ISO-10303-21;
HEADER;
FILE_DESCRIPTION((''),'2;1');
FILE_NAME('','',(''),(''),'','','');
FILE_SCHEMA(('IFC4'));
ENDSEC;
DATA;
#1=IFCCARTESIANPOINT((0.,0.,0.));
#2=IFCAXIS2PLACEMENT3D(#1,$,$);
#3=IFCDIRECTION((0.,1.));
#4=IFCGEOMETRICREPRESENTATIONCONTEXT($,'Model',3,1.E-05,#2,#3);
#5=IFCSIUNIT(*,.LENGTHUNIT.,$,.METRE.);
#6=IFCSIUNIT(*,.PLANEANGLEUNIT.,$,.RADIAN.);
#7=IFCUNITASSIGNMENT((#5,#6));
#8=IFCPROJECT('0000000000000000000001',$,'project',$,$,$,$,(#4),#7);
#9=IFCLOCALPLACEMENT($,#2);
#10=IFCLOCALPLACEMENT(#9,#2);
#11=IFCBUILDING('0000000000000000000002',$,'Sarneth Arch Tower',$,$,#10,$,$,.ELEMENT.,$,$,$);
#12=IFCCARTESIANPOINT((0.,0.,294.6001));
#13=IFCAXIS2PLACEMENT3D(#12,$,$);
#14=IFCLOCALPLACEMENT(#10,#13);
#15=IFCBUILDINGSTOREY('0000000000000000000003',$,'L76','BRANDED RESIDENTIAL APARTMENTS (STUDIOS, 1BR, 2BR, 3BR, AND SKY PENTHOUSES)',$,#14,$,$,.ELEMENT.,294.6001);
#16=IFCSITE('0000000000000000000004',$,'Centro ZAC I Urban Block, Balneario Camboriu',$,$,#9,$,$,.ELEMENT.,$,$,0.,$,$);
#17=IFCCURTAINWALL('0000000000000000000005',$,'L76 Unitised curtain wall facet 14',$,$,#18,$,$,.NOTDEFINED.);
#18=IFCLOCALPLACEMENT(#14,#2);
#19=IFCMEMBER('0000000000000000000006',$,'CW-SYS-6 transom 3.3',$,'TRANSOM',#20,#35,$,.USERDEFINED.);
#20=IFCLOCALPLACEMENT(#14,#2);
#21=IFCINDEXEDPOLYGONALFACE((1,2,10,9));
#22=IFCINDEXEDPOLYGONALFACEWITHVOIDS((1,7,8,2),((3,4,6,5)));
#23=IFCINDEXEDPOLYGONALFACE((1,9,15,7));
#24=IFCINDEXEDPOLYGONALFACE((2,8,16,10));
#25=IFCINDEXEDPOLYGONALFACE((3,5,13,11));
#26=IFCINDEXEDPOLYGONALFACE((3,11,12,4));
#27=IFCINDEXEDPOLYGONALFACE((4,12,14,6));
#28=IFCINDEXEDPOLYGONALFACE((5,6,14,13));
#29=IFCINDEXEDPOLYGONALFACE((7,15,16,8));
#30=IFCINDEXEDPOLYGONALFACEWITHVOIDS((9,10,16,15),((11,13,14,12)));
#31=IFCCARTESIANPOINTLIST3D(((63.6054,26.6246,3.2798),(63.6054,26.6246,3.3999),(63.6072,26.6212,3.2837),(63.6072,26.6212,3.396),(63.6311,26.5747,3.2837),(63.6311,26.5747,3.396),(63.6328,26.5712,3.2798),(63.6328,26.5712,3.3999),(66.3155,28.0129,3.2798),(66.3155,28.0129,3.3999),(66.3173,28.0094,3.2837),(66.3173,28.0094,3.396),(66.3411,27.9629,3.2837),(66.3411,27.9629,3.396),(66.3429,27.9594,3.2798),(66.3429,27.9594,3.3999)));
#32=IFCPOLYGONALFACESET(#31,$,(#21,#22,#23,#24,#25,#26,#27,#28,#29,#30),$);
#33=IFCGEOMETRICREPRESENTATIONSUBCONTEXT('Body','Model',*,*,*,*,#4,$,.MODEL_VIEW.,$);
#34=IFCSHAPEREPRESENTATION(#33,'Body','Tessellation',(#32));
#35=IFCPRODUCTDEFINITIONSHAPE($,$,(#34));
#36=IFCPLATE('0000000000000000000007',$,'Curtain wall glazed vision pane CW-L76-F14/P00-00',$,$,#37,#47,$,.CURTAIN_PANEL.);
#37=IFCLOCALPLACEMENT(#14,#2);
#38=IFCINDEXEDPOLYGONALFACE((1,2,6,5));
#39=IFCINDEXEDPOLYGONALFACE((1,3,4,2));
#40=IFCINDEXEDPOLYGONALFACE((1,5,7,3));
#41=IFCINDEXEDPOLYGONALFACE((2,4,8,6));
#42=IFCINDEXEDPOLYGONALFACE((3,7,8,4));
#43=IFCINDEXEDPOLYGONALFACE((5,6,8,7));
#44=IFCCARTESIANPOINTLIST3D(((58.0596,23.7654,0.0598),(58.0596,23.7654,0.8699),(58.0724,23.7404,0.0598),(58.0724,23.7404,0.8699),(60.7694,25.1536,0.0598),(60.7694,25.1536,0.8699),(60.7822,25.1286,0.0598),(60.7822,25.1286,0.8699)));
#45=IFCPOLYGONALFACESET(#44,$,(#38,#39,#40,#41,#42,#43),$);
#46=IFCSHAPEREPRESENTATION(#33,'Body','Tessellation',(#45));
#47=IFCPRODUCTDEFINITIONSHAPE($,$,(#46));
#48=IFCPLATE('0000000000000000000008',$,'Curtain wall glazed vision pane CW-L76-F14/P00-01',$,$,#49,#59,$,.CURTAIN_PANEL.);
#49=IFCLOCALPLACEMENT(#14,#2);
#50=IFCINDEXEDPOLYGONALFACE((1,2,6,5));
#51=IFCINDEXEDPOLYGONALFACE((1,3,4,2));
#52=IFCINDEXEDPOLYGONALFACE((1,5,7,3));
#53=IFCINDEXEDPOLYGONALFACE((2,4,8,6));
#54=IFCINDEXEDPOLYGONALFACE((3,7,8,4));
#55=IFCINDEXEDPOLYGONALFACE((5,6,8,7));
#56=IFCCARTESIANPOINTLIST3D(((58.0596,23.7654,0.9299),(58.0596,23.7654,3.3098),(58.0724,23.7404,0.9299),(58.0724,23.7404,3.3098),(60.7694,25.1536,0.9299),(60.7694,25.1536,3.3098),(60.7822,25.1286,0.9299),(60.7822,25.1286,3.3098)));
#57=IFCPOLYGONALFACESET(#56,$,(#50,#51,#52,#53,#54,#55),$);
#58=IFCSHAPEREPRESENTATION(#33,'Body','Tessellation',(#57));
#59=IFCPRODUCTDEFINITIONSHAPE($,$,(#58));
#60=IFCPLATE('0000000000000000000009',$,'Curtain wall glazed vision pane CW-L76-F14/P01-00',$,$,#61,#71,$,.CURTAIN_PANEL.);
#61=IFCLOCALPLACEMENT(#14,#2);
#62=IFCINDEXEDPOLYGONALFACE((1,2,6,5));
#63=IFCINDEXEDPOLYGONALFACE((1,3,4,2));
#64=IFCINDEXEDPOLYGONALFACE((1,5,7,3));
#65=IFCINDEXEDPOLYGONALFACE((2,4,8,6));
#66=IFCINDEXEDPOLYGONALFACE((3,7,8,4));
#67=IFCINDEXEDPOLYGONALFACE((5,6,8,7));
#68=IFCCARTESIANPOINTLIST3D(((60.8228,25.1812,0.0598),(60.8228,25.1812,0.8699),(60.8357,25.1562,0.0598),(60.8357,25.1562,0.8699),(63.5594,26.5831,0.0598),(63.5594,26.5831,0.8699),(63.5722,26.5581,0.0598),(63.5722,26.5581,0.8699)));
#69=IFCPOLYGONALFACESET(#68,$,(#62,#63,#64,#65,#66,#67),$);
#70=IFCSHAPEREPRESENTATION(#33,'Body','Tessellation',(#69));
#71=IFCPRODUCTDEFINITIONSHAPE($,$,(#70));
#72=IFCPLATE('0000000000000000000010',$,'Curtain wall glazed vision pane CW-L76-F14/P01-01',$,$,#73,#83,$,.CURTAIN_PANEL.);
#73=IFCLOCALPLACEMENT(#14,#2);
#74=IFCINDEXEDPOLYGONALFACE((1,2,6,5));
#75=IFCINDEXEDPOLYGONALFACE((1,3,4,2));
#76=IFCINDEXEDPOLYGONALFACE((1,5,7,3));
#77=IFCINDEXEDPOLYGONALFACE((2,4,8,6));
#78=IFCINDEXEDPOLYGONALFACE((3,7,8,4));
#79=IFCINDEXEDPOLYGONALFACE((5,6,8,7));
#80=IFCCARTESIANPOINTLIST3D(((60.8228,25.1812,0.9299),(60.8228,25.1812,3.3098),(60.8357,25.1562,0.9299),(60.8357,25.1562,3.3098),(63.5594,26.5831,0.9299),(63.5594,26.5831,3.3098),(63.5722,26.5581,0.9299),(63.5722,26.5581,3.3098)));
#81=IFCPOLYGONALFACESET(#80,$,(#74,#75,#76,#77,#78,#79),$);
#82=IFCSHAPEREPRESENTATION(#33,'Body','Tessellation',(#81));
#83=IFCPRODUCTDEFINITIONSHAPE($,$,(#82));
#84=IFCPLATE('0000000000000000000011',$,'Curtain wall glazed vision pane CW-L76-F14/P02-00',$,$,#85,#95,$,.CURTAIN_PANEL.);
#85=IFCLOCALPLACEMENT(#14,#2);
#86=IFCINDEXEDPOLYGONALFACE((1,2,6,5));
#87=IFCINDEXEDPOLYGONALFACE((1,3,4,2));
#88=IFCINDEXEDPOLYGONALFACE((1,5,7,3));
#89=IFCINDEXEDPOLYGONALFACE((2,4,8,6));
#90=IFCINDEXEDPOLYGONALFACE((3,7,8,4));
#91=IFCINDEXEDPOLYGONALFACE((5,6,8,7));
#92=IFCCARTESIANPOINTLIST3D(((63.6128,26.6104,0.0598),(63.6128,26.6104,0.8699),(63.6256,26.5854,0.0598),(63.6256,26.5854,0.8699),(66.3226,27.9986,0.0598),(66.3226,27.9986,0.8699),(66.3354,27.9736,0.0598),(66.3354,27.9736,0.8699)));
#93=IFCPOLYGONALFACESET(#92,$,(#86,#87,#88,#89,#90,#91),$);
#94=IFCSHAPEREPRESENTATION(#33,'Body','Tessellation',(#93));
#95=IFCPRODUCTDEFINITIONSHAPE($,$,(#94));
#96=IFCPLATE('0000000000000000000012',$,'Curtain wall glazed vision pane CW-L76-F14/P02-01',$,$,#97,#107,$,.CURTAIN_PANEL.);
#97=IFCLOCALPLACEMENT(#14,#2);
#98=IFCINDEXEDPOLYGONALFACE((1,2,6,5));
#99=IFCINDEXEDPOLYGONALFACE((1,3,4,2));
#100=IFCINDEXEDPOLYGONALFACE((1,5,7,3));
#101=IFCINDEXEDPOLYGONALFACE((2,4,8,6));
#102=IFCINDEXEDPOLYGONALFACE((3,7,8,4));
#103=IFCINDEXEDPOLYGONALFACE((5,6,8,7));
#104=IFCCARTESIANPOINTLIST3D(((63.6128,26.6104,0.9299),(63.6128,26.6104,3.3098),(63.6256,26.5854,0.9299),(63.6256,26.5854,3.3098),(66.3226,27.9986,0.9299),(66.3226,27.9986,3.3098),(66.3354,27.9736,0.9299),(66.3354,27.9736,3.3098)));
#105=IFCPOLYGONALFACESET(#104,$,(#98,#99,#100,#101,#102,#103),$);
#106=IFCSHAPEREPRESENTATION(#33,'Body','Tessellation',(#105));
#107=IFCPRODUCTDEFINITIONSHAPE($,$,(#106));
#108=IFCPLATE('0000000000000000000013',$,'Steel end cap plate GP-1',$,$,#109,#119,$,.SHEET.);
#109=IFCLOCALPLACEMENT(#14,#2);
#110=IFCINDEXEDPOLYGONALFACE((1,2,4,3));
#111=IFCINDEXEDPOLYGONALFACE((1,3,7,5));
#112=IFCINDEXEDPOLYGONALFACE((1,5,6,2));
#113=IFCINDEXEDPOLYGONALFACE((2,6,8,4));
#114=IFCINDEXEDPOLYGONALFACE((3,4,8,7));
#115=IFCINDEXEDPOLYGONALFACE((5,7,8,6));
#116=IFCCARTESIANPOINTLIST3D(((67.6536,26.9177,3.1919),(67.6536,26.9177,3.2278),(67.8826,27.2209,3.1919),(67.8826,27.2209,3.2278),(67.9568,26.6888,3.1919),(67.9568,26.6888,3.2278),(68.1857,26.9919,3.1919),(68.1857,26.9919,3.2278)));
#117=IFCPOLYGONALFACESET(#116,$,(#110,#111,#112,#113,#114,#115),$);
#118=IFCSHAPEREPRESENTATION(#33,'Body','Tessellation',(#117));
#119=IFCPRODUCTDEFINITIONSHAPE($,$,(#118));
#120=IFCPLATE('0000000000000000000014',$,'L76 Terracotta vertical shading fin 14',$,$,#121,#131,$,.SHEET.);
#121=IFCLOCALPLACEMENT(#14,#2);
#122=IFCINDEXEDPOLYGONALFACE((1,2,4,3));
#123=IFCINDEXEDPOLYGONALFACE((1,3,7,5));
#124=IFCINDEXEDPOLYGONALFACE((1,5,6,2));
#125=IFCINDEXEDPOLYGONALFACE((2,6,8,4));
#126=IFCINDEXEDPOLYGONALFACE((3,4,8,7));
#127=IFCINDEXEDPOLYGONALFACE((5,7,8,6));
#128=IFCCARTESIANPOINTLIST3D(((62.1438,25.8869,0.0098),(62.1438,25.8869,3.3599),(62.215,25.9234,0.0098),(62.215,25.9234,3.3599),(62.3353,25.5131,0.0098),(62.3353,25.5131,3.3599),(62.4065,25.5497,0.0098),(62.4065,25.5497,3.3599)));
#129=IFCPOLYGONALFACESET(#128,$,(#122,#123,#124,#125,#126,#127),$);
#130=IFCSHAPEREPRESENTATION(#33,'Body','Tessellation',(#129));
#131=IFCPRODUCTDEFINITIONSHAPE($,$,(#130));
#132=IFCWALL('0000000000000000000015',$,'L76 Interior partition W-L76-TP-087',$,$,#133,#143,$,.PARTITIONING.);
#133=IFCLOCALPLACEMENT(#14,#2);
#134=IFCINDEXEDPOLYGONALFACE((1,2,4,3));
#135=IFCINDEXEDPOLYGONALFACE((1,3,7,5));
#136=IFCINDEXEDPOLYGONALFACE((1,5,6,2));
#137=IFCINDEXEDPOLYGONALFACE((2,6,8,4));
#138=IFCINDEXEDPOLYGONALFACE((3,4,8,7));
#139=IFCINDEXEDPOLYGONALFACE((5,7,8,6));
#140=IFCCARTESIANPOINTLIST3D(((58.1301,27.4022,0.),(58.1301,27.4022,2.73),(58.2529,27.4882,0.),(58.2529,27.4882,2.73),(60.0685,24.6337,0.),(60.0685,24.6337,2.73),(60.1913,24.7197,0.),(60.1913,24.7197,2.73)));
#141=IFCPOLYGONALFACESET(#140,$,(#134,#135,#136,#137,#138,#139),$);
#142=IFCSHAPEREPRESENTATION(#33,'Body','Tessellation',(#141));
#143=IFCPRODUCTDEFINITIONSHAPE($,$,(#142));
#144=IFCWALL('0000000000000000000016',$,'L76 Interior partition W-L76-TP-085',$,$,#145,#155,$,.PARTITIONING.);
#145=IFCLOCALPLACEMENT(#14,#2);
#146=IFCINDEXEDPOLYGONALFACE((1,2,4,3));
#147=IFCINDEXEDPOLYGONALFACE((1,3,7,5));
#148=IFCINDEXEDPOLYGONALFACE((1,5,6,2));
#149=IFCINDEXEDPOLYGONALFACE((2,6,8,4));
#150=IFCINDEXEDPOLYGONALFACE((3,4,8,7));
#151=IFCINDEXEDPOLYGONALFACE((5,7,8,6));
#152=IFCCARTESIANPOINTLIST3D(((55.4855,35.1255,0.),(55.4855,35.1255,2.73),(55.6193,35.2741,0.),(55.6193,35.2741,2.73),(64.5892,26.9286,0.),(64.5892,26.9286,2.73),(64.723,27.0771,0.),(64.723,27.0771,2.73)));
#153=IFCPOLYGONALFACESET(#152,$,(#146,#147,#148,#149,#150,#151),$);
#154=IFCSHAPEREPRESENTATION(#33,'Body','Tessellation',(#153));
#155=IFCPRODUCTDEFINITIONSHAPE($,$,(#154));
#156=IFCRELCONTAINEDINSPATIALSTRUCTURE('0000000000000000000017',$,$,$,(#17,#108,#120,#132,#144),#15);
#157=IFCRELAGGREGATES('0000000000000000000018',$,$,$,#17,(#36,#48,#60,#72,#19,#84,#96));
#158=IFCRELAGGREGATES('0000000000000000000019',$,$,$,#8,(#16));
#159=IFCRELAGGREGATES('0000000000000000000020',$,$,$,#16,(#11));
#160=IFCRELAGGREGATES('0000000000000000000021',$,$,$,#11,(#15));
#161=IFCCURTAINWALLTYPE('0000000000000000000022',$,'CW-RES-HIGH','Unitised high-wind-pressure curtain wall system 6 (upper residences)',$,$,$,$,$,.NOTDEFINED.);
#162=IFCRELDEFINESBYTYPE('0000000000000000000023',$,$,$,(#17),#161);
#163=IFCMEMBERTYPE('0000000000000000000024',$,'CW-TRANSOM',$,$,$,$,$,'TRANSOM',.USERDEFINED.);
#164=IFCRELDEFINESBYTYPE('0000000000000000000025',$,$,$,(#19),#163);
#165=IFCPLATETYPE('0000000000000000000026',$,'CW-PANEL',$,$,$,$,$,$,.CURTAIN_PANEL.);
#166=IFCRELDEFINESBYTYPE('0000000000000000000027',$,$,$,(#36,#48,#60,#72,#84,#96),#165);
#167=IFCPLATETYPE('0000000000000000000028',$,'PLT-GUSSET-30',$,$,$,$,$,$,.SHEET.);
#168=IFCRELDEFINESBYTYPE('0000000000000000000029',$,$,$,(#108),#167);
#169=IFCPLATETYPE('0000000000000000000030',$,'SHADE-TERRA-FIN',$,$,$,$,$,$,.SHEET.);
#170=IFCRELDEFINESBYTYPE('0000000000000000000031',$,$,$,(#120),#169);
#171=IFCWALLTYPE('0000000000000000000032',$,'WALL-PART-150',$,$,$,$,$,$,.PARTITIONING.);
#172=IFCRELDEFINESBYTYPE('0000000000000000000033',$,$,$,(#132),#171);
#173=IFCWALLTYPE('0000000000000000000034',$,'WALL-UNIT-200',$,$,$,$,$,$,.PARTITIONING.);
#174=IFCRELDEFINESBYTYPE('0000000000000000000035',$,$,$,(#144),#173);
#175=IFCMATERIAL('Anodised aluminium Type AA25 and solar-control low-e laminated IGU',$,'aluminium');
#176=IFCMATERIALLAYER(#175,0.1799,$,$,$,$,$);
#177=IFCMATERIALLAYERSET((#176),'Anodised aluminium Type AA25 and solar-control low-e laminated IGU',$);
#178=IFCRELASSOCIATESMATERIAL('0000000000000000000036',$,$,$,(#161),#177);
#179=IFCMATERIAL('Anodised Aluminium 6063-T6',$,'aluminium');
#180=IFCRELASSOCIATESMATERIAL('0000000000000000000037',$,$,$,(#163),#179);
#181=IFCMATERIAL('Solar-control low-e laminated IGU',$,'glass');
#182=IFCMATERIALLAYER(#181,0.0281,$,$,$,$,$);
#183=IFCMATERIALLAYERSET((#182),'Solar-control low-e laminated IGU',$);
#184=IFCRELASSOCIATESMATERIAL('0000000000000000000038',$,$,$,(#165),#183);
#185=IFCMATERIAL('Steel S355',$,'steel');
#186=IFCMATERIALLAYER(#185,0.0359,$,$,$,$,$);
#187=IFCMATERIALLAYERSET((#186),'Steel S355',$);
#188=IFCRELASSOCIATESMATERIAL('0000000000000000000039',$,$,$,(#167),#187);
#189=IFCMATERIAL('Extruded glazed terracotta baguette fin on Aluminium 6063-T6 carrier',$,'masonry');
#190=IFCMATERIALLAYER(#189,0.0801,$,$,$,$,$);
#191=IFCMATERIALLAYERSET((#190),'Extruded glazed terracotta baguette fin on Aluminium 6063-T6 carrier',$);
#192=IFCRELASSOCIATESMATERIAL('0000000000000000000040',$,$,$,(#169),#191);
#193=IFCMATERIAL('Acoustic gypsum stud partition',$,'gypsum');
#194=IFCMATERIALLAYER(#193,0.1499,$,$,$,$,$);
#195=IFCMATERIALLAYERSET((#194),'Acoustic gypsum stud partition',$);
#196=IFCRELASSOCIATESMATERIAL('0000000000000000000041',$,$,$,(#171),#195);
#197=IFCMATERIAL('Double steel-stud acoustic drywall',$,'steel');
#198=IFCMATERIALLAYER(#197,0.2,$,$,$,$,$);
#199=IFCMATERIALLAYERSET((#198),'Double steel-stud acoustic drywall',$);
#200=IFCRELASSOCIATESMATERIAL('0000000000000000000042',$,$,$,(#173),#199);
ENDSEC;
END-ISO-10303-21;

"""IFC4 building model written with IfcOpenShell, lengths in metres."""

from ifc_helpers import new_model, si_unit, direction, frame, frame_2d, origin, origin_2d, place, context, subcontext, project, spatial, rectangle, hollow_rectangle, extrude, material, layer, layer_set, material_profile, profile_set, type_object, element, aggregate, save


model = new_model("IFC4")

# Units and contexts
model_context = context("Model", 3, precision=1e-05, world=origin(), true_north=direction((0.0, 1.0)))
body_context = subcontext(model_context, "Body", "Model", "MODEL_VIEW")
ifc_project = project(units=[si_unit("LENGTHUNIT", "METRE"), si_unit("PLANEANGLEUNIT", "RADIAN")], contexts=[model_context])

# Site, building, storey
site_placement = place(None, origin())
site = spatial("IfcSite", under=ifc_project, at=site_placement, Name="Centro ZAC I Urban Block, Balneario Camboriu", CompositionType="ELEMENT", RefElevation=0.0)
building_placement = place(site_placement, origin())
building = spatial("IfcBuilding", under=site, at=building_placement, Name="Sarneth Arch Tower", CompositionType="ELEMENT")
storey_placement = place(building_placement, frame((0.0, 0.0, 294.6001)))
storey = spatial("IfcBuildingStorey", under=building, at=storey_placement, Name="L76", Description="BRANDED RESIDENTIAL APARTMENTS (STUDIOS, 1BR, 2BR, 3BR, AND SKY PENTHOUSES)", CompositionType="ELEMENT", Elevation=294.6001)

# Curtain wall, member, plates
ifc_material_1 = material(Name="Anodised aluminium Type AA25 and solar-control low-e laminated IGU", Category="aluminium")
ifc_layer_1 = layer(ifc_material_1, 0.1799)
ifc_layer_set_1 = layer_set([ifc_layer_1], Name="Anodised aluminium Type AA25 and solar-control low-e laminated IGU")
curtain_wall_type = type_object("IfcCurtainWallType", Name="CW-RES-HIGH", Description="Unitised high-wind-pressure curtain wall system 6 (upper residences)", PredefinedType="NOTDEFINED", material=ifc_layer_set_1)
curtain_wall_placement = place(storey_placement, origin())
curtain_wall = element("IfcCurtainWall", 1, at=curtain_wall_placement, inside=storey, type_object=curtain_wall_type, Name="L76 Unitised curtain wall facet 14", PredefinedType="NOTDEFINED")
ifc_material_2 = material(Name="Anodised Aluminium 6063-T6", Category="aluminium")
ifc_material_profile_1 = material_profile(ifc_material_2, hollow_rectangle(XDim=0.0601, YDim=0.1201, WallThickness=0.0039, at=origin_2d()), Name="AL-TRAN-120x60x4")
ifc_profile_set_1 = profile_set([ifc_material_profile_1], Name="Anodised Aluminium 6063-T6")
member_type_1 = type_object("IfcMemberType", Name="CW-TRANSOM", ElementType="TRANSOM", PredefinedType="USERDEFINED", material=ifc_profile_set_1)
member_1_placement = place(storey_placement, frame((63.6191, 26.5979, 3.3398), z_axis=(0.890023, 0.455916, 0.0), x_axis=(-0.455916, 0.890023, 0.0)))
member_1 = element("IfcMember", 2, at=member_1_placement, type_object=member_type_1, Name="CW-SYS-6 transom 3.3", ObjectType="TRANSOM", PredefinedType="USERDEFINED", context=body_context, shape_type="SweptSolid", body=[
    extrude(hollow_rectangle(XDim=0.0601, YDim=0.1201, WallThickness=0.0039, at=origin_2d()), origin(), (0.0, 0.0, 1.0), 3.0449),
])
ifc_material_3 = material(Name="Solar-control low-e laminated IGU", Category="glass")
ifc_layer_2 = layer(ifc_material_3, 0.0281)
ifc_layer_set_2 = layer_set([ifc_layer_2], Name="Solar-control low-e laminated IGU")
plate_type_1 = type_object("IfcPlateType", Name="CW-PANEL", PredefinedType="CURTAIN_PANEL", material=ifc_layer_set_2)
plate_1_placement = place(storey_placement, frame((59.4209, 24.447, 0.0598), z_axis=(0.0, 0.0, 1.0), x_axis=(0.89001, 0.455942, 0.0)))
plate_1 = element("IfcPlate", 3, at=plate_1_placement, type_object=plate_type_1, Name="Curtain wall glazed vision pane CW-L76-F14/P00-00", PredefinedType="CURTAIN_PANEL", context=body_context, shape_type="SweptSolid", body=[
    extrude(rectangle(XDim=3.0447, YDim=0.0281, at=origin_2d()), origin(), (0.0, 0.0, 1.0), 0.8101),
])
plate_2_placement = place(storey_placement, frame((59.4209, 24.447, 0.9299), z_axis=(0.0, 0.0, 1.0), x_axis=(0.89001, 0.455942, 0.0)))
plate_2 = element("IfcPlate", 4, at=plate_2_placement, type_object=plate_type_1, Name="Curtain wall glazed vision pane CW-L76-F14/P00-01", PredefinedType="CURTAIN_PANEL", context=body_context, shape_type="SweptSolid", body=[
    extrude(rectangle(XDim=3.0447, YDim=0.0281, at=origin_2d()), origin(), (0.0, 0.0, 1.0), 2.3799),
])
plate_3_placement = place(storey_placement, frame((62.1975, 25.8696, 0.0598), z_axis=(0.0, 0.0, 1.0), x_axis=(0.89001, 0.455942, 0.0)))
plate_3 = element("IfcPlate", 5, at=plate_3_placement, type_object=plate_type_1, Name="Curtain wall glazed vision pane CW-L76-F14/P01-00", PredefinedType="CURTAIN_PANEL", context=body_context, shape_type="SweptSolid", body=[
    extrude(rectangle(XDim=3.0747, YDim=0.0281, at=origin_2d()), origin(), (0.0, 0.0, 1.0), 0.8101),
])
plate_4_placement = place(storey_placement, frame((62.1975, 25.8696, 0.9299), z_axis=(0.0, 0.0, 1.0), x_axis=(0.89001, 0.455942, 0.0)))
plate_4 = element("IfcPlate", 6, at=plate_4_placement, type_object=plate_type_1, Name="Curtain wall glazed vision pane CW-L76-F14/P01-01", PredefinedType="CURTAIN_PANEL", context=body_context, shape_type="SweptSolid", body=[
    extrude(rectangle(XDim=3.0747, YDim=0.0281, at=origin_2d()), origin(), (0.0, 0.0, 1.0), 2.3799),
])
plate_5_placement = place(storey_placement, frame((64.9741, 27.292, 0.0598), z_axis=(0.0, 0.0, 1.0), x_axis=(0.89001, 0.455942, 0.0)))
plate_5 = element("IfcPlate", 7, at=plate_5_placement, type_object=plate_type_1, Name="Curtain wall glazed vision pane CW-L76-F14/P02-00", PredefinedType="CURTAIN_PANEL", context=body_context, shape_type="SweptSolid", body=[
    extrude(rectangle(XDim=3.0447, YDim=0.0281, at=origin_2d()), origin(), (0.0, 0.0, 1.0), 0.8101),
])
plate_6_placement = place(storey_placement, frame((64.9741, 27.292, 0.9299), z_axis=(0.0, 0.0, 1.0), x_axis=(0.89001, 0.455942, 0.0)))
plate_6 = element("IfcPlate", 8, at=plate_6_placement, type_object=plate_type_1, Name="Curtain wall glazed vision pane CW-L76-F14/P02-01", PredefinedType="CURTAIN_PANEL", context=body_context, shape_type="SweptSolid", body=[
    extrude(rectangle(XDim=3.0447, YDim=0.0281, at=origin_2d()), origin(), (0.0, 0.0, 1.0), 2.3799),
])
aggregate(curtain_wall, [plate_1, plate_2, plate_3, plate_4, member_1, plate_5, plate_6])

# Plates
ifc_material_4 = material(Name="Steel S355", Category="steel")
ifc_layer_3 = layer(ifc_material_4, 0.0359)
ifc_layer_set_3 = layer_set([ifc_layer_3], Name="Steel S355")
plate_type_2 = type_object("IfcPlateType", Name="PLT-GUSSET-30", PredefinedType="SHEET", material=ifc_layer_set_3)
plate_7_placement = place(storey_placement, frame((67.9197, 26.9548, 3.1919), z_axis=(0.0, 0.0, 1.0), x_axis=(0.798005, -0.602651, 0.0)))
element("IfcPlate", 9, at=plate_7_placement, inside=storey, type_object=plate_type_2, Name="Steel end cap plate GP-1", PredefinedType="SHEET", context=body_context, shape_type="SweptSolid", body=[
    extrude(rectangle(XDim=0.3799, YDim=0.3799, at=origin_2d()), origin(), (0.0, 0.0, 1.0), 0.0359),
])
ifc_material_5 = material(Name="Extruded glazed terracotta baguette fin on Aluminium 6063-T6 carrier", Category="masonry")
ifc_layer_4 = layer(ifc_material_5, 0.0801)
ifc_layer_set_4 = layer_set([ifc_layer_4], Name="Extruded glazed terracotta baguette fin on Aluminium 6063-T6 carrier")
plate_type_3 = type_object("IfcPlateType", Name="SHADE-TERRA-FIN", PredefinedType="SHEET", material=ifc_layer_set_4)
plate_8_placement = place(storey_placement, frame((62.2751, 25.7183, 0.0098), z_axis=(0.0, 0.0, 1.0), x_axis=(0.456011, -0.889974, 0.0)))
element("IfcPlate", 10, at=plate_8_placement, inside=storey, type_object=plate_type_3, Name="L76 Terracotta vertical shading fin 14", PredefinedType="SHEET", context=body_context, shape_type="SweptSolid", body=[
    extrude(rectangle(XDim=0.4199, YDim=0.0801, at=origin_2d()), origin(), (0.0, 0.0, 1.0), 3.3501),
])

# Walls
ifc_material_6 = material(Name="Acoustic gypsum stud partition", Category="gypsum")
ifc_layer_5 = layer(ifc_material_6, 0.1499)
ifc_layer_set_5 = layer_set([ifc_layer_5], Name="Acoustic gypsum stud partition")
wall_type_1 = type_object("IfcWallType", Name="WALL-PART-150", PredefinedType="PARTITIONING", material=ifc_layer_set_5)
wall_1_placement = place(storey_placement, frame((58.1914, 27.4453, 0.0), z_axis=(0.0, 0.0, 1.0), x_axis=(0.573559, -0.819164, 0.0)))
element("IfcWall", 11, at=wall_1_placement, inside=storey, type_object=wall_type_1, Name="L76 Interior partition W-L76-TP-087", PredefinedType="PARTITIONING", context=body_context, shape_type="SweptSolid", body=[
    extrude(rectangle(XDim=3.3796, YDim=0.1499, at=frame_2d((1.6899, 0.0))), origin(), (0.0, 0.0, 1.0), 2.73),
])
ifc_material_7 = material(Name="Double steel-stud acoustic drywall", Category="steel")
ifc_layer_6 = layer(ifc_material_7, 0.2)
ifc_layer_set_6 = layer_set([ifc_layer_6], Name="Double steel-stud acoustic drywall")
wall_type_2 = type_object("IfcWallType", Name="WALL-UNIT-200", PredefinedType="PARTITIONING", material=ifc_layer_set_6)
wall_2_placement = place(storey_placement, frame((64.656, 27.0029, 0.0), z_axis=(0.0, 0.0, 1.0), x_axis=(-0.743146, 0.669129, 0.0)))
element("IfcWall", 12, at=wall_2_placement, inside=storey, type_object=wall_type_2, Name="L76 Interior partition W-L76-TP-085", PredefinedType="PARTITIONING", context=body_context, shape_type="SweptSolid", body=[
    extrude(rectangle(XDim=12.2502, YDim=0.2, at=frame_2d((6.125, 0.0))), origin(), (0.0, 0.0, 1.0), 2.73),
])

save(model, "model.ifc")
